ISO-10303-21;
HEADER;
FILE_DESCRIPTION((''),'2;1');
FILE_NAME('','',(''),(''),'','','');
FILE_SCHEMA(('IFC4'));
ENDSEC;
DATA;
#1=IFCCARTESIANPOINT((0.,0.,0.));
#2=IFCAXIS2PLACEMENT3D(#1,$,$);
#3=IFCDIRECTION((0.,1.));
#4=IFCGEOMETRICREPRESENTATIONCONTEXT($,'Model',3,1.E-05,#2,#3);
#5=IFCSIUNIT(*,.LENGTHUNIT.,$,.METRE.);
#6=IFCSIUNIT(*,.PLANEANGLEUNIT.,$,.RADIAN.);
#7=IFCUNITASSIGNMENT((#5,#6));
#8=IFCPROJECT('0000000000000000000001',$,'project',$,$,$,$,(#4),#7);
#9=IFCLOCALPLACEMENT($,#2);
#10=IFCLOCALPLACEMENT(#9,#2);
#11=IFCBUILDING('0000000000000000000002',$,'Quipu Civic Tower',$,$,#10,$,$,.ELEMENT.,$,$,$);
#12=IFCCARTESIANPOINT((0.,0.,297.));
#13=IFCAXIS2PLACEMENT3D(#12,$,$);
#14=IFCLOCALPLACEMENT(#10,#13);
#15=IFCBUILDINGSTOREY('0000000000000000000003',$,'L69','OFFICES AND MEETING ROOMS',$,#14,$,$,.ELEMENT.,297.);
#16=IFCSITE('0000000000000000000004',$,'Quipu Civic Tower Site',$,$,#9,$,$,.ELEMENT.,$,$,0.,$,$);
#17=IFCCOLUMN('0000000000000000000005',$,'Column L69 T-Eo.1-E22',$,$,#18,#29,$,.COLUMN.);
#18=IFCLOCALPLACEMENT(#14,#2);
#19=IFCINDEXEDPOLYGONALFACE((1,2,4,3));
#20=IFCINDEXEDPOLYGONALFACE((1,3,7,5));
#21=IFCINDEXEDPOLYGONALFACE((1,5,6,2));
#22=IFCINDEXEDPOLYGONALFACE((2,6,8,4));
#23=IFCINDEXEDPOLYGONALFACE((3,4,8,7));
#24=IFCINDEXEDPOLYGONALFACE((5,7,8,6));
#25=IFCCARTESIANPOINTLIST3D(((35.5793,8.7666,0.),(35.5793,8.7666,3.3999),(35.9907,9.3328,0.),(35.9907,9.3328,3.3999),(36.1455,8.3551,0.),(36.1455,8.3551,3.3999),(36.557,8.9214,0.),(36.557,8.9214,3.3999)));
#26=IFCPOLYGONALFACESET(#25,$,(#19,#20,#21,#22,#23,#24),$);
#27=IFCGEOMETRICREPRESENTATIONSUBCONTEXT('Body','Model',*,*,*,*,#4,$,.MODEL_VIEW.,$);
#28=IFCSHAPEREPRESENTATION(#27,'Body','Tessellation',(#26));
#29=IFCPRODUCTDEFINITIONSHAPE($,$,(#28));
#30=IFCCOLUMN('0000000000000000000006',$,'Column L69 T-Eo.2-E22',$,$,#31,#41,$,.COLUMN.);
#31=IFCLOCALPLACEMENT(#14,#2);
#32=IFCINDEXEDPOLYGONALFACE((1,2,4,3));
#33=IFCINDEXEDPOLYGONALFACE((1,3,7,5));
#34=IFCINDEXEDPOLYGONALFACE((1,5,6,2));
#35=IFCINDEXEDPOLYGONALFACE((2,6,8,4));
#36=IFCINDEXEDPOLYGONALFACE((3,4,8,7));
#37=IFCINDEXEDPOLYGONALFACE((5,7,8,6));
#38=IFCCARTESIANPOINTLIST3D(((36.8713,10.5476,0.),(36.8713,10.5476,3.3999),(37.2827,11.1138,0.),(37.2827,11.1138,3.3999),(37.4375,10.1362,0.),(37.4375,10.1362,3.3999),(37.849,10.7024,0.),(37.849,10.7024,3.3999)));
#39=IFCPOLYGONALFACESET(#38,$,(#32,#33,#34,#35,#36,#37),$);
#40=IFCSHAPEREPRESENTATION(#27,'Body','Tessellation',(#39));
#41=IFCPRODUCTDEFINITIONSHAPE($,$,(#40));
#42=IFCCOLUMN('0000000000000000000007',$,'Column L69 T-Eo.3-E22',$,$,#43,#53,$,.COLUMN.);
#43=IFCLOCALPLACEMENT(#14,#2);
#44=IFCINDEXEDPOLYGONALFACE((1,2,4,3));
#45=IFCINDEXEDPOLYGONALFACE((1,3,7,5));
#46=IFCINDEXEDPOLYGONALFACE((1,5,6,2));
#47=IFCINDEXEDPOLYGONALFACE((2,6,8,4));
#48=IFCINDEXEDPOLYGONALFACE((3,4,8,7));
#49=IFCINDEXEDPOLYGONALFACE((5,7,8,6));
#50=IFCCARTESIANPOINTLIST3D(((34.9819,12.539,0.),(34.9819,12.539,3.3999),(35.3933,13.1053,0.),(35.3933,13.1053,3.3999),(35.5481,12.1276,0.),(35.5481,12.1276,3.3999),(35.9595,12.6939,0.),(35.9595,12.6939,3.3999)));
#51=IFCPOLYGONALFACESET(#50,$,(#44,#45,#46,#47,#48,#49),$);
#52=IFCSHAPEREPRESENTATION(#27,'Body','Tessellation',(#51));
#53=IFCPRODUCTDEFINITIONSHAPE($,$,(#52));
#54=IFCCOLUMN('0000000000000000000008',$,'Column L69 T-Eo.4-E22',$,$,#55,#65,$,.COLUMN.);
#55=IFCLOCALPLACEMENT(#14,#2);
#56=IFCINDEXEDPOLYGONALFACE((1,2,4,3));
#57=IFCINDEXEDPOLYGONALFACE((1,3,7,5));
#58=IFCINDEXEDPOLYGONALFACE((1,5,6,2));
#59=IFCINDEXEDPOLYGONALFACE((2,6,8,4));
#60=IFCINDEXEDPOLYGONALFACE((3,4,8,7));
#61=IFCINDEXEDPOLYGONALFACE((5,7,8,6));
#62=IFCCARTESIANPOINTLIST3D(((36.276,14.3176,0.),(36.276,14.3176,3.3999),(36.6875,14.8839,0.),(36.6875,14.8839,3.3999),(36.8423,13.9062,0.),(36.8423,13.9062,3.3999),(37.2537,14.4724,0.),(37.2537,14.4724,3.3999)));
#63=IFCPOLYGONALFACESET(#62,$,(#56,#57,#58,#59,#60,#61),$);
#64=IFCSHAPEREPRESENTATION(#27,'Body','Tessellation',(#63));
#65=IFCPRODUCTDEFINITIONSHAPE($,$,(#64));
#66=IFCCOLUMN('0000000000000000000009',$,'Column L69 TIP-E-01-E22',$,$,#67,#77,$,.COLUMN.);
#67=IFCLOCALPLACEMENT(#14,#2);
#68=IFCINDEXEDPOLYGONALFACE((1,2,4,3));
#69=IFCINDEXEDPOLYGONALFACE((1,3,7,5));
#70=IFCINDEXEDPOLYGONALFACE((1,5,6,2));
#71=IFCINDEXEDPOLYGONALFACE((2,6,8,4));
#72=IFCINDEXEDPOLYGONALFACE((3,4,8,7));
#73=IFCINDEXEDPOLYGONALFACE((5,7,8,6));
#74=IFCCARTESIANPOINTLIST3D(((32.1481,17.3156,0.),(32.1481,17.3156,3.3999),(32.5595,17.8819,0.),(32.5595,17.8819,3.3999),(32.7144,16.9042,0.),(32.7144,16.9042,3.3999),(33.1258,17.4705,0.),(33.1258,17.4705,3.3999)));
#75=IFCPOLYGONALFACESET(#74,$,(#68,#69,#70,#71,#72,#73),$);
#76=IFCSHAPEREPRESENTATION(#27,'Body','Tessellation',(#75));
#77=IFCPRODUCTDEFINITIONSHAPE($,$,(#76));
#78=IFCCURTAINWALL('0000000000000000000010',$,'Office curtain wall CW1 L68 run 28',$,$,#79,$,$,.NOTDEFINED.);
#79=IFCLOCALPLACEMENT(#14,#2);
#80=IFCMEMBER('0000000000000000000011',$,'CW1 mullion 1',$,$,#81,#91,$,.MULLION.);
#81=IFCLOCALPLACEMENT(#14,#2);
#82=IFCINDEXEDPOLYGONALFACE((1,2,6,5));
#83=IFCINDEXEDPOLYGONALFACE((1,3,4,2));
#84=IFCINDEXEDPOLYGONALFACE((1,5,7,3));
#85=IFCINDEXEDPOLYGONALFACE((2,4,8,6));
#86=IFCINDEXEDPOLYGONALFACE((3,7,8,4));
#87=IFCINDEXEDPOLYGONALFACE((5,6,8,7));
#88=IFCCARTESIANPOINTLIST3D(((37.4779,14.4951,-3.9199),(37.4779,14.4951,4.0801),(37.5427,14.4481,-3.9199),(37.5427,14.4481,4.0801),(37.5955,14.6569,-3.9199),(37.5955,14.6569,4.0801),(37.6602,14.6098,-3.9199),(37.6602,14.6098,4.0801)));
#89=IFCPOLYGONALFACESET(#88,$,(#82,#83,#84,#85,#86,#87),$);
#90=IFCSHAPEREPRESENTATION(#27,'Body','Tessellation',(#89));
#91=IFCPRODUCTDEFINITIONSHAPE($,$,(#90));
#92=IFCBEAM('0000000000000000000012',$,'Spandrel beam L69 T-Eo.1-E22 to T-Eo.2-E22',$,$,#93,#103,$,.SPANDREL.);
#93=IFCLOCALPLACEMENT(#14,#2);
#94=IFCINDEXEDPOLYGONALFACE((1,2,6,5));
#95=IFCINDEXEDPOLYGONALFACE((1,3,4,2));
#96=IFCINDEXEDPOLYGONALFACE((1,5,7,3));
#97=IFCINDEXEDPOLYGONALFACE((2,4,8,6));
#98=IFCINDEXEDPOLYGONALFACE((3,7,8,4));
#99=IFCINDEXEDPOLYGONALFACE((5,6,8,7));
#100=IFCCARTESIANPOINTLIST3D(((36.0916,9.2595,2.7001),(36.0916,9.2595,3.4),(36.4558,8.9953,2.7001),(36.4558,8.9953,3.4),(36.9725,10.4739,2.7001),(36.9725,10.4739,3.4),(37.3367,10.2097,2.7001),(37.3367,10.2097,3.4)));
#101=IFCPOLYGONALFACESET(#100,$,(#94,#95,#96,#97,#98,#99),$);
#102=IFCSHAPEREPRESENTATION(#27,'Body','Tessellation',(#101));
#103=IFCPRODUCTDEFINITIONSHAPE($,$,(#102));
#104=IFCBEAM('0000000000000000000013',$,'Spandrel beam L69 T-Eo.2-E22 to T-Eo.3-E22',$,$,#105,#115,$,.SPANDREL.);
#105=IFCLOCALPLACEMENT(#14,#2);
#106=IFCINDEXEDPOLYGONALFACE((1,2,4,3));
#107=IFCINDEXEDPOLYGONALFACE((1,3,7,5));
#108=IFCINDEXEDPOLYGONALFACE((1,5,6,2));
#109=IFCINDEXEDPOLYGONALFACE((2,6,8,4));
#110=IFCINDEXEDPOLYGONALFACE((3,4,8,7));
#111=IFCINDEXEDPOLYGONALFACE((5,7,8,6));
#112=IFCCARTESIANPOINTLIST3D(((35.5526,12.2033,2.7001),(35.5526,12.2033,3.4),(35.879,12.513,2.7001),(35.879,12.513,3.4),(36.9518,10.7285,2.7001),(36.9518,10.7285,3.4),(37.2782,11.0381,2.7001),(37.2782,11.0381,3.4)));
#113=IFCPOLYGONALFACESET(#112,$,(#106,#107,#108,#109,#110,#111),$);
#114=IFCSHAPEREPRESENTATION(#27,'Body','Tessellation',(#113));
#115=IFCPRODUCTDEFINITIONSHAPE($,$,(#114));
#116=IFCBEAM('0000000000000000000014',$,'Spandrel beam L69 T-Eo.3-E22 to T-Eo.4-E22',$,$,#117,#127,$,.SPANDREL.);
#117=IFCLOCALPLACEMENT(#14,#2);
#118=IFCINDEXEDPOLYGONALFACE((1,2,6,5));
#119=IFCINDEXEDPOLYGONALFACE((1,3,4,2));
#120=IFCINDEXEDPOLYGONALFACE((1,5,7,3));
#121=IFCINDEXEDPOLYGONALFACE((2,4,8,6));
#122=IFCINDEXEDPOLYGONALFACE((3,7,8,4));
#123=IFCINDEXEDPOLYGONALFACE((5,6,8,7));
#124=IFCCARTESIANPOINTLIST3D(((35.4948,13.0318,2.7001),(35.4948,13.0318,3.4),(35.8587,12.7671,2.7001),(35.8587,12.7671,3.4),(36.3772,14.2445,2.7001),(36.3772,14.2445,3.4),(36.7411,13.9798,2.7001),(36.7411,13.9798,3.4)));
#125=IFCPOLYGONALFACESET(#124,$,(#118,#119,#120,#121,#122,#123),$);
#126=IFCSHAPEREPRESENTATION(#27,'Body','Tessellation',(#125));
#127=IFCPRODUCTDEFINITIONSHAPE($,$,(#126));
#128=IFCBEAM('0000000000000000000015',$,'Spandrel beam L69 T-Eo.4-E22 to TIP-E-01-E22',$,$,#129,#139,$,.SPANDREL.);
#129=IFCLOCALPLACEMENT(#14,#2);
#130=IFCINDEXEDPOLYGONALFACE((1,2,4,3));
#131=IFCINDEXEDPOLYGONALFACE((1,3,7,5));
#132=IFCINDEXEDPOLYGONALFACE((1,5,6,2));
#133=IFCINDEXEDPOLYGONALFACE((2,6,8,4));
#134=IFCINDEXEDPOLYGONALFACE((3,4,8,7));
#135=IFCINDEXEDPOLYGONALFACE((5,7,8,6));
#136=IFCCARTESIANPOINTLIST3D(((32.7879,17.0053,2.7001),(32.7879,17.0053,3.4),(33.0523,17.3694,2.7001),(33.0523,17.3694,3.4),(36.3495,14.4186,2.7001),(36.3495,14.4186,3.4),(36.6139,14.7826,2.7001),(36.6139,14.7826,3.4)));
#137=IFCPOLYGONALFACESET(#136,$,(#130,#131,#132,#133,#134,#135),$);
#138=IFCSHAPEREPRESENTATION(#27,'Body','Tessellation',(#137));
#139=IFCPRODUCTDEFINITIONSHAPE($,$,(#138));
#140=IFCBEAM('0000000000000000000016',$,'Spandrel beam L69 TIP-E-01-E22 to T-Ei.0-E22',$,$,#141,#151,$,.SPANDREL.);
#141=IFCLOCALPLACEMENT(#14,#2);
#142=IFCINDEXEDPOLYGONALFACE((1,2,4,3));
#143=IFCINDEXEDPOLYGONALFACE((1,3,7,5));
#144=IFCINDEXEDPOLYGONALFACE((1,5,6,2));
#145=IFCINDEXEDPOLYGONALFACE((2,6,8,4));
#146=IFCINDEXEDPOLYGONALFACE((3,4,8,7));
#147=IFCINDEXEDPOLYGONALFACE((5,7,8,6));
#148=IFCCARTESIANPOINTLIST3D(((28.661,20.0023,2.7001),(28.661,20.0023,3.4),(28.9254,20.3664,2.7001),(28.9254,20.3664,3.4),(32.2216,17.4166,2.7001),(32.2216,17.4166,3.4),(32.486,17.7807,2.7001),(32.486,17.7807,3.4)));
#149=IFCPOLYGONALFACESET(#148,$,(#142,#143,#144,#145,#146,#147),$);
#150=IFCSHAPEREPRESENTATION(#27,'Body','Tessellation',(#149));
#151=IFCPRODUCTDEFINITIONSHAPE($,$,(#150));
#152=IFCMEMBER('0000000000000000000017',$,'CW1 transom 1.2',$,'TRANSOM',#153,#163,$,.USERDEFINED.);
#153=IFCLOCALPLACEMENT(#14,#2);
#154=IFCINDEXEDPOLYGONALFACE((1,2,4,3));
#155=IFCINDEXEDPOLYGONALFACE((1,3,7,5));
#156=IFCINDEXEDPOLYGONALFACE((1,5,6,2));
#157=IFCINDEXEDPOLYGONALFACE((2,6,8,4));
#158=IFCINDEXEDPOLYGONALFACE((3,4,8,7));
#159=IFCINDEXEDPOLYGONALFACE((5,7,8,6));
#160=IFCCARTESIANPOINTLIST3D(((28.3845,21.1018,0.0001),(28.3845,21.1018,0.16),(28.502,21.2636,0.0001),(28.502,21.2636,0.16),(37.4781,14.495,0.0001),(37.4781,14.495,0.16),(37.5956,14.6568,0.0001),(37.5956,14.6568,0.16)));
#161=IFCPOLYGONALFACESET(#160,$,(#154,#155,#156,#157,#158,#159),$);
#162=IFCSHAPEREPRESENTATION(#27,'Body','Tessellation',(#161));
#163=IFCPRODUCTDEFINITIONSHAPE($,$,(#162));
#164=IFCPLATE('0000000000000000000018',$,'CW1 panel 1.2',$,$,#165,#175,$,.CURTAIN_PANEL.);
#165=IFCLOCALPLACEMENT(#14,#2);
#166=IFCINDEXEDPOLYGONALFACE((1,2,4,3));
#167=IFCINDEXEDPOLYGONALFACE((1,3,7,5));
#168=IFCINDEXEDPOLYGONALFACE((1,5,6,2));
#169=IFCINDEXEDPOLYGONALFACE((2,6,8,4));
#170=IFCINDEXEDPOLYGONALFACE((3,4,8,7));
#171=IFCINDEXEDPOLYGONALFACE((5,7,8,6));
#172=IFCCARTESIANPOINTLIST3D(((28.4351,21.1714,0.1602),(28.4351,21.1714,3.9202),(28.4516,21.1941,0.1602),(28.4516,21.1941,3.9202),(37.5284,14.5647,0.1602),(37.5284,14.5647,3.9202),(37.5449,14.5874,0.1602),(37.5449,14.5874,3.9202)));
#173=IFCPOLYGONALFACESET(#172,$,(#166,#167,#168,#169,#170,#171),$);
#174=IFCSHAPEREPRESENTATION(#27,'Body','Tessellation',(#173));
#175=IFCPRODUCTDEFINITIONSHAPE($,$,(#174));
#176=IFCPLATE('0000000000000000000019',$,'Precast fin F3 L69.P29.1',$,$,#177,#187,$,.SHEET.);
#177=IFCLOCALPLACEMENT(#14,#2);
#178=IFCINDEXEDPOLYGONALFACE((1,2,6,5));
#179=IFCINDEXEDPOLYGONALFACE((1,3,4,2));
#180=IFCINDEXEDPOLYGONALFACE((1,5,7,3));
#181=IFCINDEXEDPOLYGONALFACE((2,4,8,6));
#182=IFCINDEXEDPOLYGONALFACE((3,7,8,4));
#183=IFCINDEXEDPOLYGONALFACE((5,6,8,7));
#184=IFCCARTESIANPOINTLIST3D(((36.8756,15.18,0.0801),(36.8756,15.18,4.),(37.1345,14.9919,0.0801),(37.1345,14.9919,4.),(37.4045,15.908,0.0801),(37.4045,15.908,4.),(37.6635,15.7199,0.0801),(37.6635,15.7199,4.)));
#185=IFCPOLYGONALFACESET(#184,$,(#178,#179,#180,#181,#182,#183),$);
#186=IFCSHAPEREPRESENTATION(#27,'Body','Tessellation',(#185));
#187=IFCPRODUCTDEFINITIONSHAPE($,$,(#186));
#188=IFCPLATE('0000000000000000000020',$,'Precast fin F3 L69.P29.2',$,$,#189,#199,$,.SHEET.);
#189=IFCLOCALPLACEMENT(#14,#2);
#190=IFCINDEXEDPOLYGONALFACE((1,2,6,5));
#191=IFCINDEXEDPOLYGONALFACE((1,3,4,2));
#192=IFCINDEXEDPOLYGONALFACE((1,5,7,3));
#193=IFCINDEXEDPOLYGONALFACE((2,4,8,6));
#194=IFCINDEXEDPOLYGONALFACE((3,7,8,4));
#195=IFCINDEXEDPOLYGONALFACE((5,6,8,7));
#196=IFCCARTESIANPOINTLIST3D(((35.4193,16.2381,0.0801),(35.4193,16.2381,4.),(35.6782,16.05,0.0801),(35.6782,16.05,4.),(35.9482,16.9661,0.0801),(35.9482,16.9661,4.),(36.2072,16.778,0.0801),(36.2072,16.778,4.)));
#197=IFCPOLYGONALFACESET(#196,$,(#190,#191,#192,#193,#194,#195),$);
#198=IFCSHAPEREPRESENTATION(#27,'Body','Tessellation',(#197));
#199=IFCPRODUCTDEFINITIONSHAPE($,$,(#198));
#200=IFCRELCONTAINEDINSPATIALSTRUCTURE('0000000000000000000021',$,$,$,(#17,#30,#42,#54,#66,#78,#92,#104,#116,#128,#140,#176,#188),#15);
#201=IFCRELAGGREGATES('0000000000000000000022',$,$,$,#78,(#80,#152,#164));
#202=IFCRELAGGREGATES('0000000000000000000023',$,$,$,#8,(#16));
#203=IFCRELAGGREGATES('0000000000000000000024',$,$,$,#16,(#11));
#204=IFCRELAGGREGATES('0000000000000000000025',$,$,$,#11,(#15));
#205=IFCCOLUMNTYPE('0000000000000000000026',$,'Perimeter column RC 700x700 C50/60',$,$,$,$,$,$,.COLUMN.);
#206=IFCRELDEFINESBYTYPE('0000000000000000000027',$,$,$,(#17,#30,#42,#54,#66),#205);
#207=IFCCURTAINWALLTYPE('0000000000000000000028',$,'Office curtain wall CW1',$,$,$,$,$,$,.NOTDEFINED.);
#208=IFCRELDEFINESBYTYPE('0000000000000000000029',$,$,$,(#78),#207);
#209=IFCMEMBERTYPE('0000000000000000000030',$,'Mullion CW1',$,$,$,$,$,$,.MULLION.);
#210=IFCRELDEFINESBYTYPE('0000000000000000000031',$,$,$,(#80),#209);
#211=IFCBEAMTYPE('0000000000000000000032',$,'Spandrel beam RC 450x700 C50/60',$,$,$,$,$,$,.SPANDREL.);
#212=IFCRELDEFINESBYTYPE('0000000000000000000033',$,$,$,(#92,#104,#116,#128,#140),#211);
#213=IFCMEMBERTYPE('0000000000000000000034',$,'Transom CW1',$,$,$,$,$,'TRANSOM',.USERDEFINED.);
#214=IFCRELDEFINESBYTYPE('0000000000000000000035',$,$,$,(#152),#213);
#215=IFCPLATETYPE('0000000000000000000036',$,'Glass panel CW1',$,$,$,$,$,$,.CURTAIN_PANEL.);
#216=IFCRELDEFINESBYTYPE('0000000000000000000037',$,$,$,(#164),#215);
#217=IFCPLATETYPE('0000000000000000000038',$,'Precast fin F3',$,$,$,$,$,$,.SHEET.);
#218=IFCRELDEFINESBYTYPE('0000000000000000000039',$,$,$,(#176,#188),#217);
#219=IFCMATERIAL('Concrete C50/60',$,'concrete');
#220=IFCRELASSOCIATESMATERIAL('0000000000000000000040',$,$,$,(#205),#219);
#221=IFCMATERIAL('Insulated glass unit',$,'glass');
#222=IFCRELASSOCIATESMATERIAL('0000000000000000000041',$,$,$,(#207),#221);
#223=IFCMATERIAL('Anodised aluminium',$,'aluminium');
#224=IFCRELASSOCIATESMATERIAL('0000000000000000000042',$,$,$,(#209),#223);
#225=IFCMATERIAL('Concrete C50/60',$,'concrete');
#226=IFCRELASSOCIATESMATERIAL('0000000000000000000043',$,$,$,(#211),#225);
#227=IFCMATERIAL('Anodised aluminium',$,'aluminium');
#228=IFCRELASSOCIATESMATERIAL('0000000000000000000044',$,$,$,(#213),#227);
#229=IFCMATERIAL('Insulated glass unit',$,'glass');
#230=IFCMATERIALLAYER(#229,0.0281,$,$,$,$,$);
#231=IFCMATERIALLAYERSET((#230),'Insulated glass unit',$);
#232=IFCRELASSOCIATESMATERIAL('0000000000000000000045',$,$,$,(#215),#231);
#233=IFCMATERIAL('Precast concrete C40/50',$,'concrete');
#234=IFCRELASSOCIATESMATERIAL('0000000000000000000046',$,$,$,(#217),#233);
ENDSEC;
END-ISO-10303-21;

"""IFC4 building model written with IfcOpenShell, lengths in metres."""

from ifc_helpers import new_model, si_unit, direction, frame, origin, origin_2d, place, context, subcontext, project, spatial, rectangle, extrude, material, layer, layer_set, material_profile, profile_set, type_object, element, aggregate, save


model = new_model("IFC4")

# Units and contexts
model_context = context("Model", 3, precision=1e-05, world=origin(), true_north=direction((0.0, 1.0)))
body_context = subcontext(model_context, "Body", "Model", "MODEL_VIEW")
ifc_project = project(units=[si_unit("LENGTHUNIT", "METRE"), si_unit("PLANEANGLEUNIT", "RADIAN")], contexts=[model_context])

# Site, building, storey
site_placement = place(None, origin())
site = spatial("IfcSite", under=ifc_project, at=site_placement, Name="Quipu Civic Tower Site", CompositionType="ELEMENT", RefElevation=0.0)
building_placement = place(site_placement, origin())
building = spatial("IfcBuilding", under=site, at=building_placement, Name="Quipu Civic Tower", CompositionType="ELEMENT")
storey_placement = place(building_placement, frame((0.0, 0.0, 297.0)))
storey = spatial("IfcBuildingStorey", under=building, at=storey_placement, Name="L69", Description="OFFICES AND MEETING ROOMS", CompositionType="ELEMENT", Elevation=297.0)

# Columns
ifc_material_1 = material(Name="Concrete C50/60", Category="concrete")
ifc_material_profile_1 = material_profile(ifc_material_1, rectangle(XDim=0.7, YDim=0.7, at=origin_2d()), Name="RC700x700")
ifc_profile_set_1 = profile_set([ifc_material_profile_1], Name="Concrete C50/60")
column_type = type_object("IfcColumnType", Name="Perimeter column RC 700x700 C50/60", PredefinedType="COLUMN", material=ifc_profile_set_1)
for number, where, z_axis, x_axis, name in (
    (1, (36.0681, 8.844, 0.0), (0.0, 0.0, 1.0), (0.587785, 0.809017, 0.0), "Column L69 T-Eo.1-E22"),
    (2, (37.3601, 10.625, 0.0), (0.0, 0.0, 1.0), (0.587785, 0.809017, 0.0), "Column L69 T-Eo.2-E22"),
    (3, (35.4707, 12.6165, 0.0), (0.0, 0.0, 1.0), (-0.809017, 0.587785, 0.0), "Column L69 T-Eo.3-E22"),
    (4, (36.7649, 14.395, 0.0), (0.0, 0.0, 1.0), (-0.809017, 0.587785, 0.0), "Column L69 T-Eo.4-E22"),
    (5, (32.637, 17.3931, 0.0), (0.0, 0.0, 1.0), (-0.809017, 0.587785, 0.0), "Column L69 TIP-E-01-E22"),
):
    element("IfcColumn", number, at=place(storey_placement, frame(where, z_axis=z_axis, x_axis=x_axis)), inside=storey, type_object=column_type, Name=name, PredefinedType="COLUMN", context=body_context, shape_type="SweptSolid", body=[
        extrude(rectangle(XDim=0.7, YDim=0.7, at=origin_2d()), origin(), (0.0, 0.0, 1.0), 3.3999),
    ])

# Curtain wall, member
ifc_material_2 = material(Name="Insulated glass unit", Category="glass")
curtain_wall_type = type_object("IfcCurtainWallType", Name="Office curtain wall CW1", PredefinedType="NOTDEFINED", material=ifc_material_2)
curtain_wall_placement = place(storey_placement, origin())
curtain_wall = element("IfcCurtainWall", 6, at=curtain_wall_placement, inside=storey, type_object=curtain_wall_type, Name="Office curtain wall CW1 L68 run 28", PredefinedType="NOTDEFINED")
ifc_material_3 = material(Name="Anodised aluminium", Category="aluminium")
ifc_material_profile_2 = material_profile(ifc_material_3, rectangle(XDim=0.2, YDim=0.0801, at=origin_2d()), Name="RECT 200x80")
ifc_profile_set_2 = profile_set([ifc_material_profile_2], Name="Anodised aluminium")
member_type_1 = type_object("IfcMemberType", Name="Mullion CW1", PredefinedType="MULLION", material=ifc_profile_set_2)
member_1_placement = place(storey_placement, frame((37.5691, 14.5525, -3.9199), z_axis=(0.0, 0.0, 1.0), x_axis=(-0.587788, -0.809015, 0.0)))
member_1 = element("IfcMember", 7, at=member_1_placement, type_object=member_type_1, Name="CW1 mullion 1", PredefinedType="MULLION", context=body_context, shape_type="SweptSolid", body=[
    extrude(rectangle(XDim=0.2, YDim=0.0801, at=origin_2d()), origin(), (0.0, 0.0, 1.0), 8.0),
])

# Beams
ifc_material_4 = material(Name="Concrete C50/60", Category="concrete")
ifc_material_profile_3 = material_profile(ifc_material_4, rectangle(XDim=0.45, YDim=0.7, at=origin_2d()), Name="RC450x700")
ifc_profile_set_3 = profile_set([ifc_material_profile_3], Name="Concrete C50/60")
beam_type = type_object("IfcBeamType", Name="Spandrel beam RC 450x700 C50/60", PredefinedType="SPANDREL", material=ifc_profile_set_3)
beam_1_placement = place(storey_placement, frame((36.2737, 9.1274, 3.05), z_axis=(0.587165, 0.809467, 0.0), x_axis=(-0.809467, 0.587165, 0.0)))
element("IfcBeam", 8, at=beam_1_placement, inside=storey, type_object=beam_type, Name="Spandrel beam L69 T-Eo.1-E22 to T-Eo.2-E22", PredefinedType="SPANDREL", context=body_context, shape_type="SweptSolid", body=[
    extrude(rectangle(XDim=0.45, YDim=0.7, at=origin_2d()), origin(), (0.0, 0.0, 1.0), 1.5002),
])
beam_2_placement = place(storey_placement, frame((37.115, 10.8833, 3.05), z_axis=(-0.688247, 0.725476, 0.0), x_axis=(-0.725476, -0.688247, 0.0)))
element("IfcBeam", 9, at=beam_2_placement, inside=storey, type_object=beam_type, Name="Spandrel beam L69 T-Eo.2-E22 to T-Eo.3-E22", PredefinedType="SPANDREL", context=body_context, shape_type="SweptSolid", body=[
    extrude(rectangle(XDim=0.45, YDim=0.7, at=origin_2d()), origin(), (0.0, 0.0, 1.0), 2.033),
])
beam_3_placement = place(storey_placement, frame((35.6768, 12.8994, 3.05), z_axis=(0.588346, 0.808609, 0.0), x_axis=(-0.808609, 0.588346, 0.0)))
element("IfcBeam", 10, at=beam_3_placement, inside=storey, type_object=beam_type, Name="Spandrel beam L69 T-Eo.3-E22 to T-Eo.4-E22", PredefinedType="SPANDREL", context=body_context, shape_type="SweptSolid", body=[
    extrude(rectangle(XDim=0.45, YDim=0.7, at=origin_2d()), origin(), (0.0, 0.0, 1.0), 1.4998),
])
beam_4_placement = place(storey_placement, frame((36.4817, 14.6006, 3.05), z_axis=(-0.809117, 0.587647, 0.0), x_axis=(-0.587647, -0.809117, 0.0)))
element("IfcBeam", 11, at=beam_4_placement, inside=storey, type_object=beam_type, Name="Spandrel beam L69 T-Eo.4-E22 to TIP-E-01-E22", PredefinedType="SPANDREL", context=body_context, shape_type="SweptSolid", body=[
    extrude(rectangle(XDim=0.45, YDim=0.7, at=origin_2d()), origin(), (0.0, 0.0, 1.0), 4.4019),
])
beam_5_placement = place(storey_placement, frame((32.3538, 17.5986, 3.05), z_axis=(-0.809146, 0.587607, 0.0), x_axis=(-0.587607, -0.809146, 0.0)))
element("IfcBeam", 12, at=beam_5_placement, inside=storey, type_object=beam_type, Name="Spandrel beam L69 TIP-E-01-E22 to T-Ei.0-E22", PredefinedType="SPANDREL", context=body_context, shape_type="SweptSolid", body=[
    extrude(rectangle(XDim=0.45, YDim=0.7, at=origin_2d()), origin(), (0.0, 0.0, 1.0), 4.4004),
])

# Member
ifc_material_5 = material(Name="Anodised aluminium", Category="aluminium")
ifc_material_profile_4 = material_profile(ifc_material_5, rectangle(XDim=0.2, YDim=0.1599, at=origin_2d()), Name="RECT 200x160")
ifc_profile_set_4 = profile_set([ifc_material_profile_4], Name="Anodised aluminium")
member_type_2 = type_object("IfcMemberType", Name="Transom CW1", ElementType="TRANSOM", PredefinedType="USERDEFINED", material=ifc_profile_set_4)
member_2_placement = place(storey_placement, frame((37.5369, 14.5759, 0.0801), z_axis=(-0.809022, 0.587778, 0.0), x_axis=(-0.587778, -0.809022, 0.0)))
member_2 = element("IfcMember", 13, at=member_2_placement, type_object=member_type_2, Name="CW1 transom 1.2", ObjectType="TRANSOM", PredefinedType="USERDEFINED", context=body_context, shape_type="SweptSolid", body=[
    extrude(rectangle(XDim=0.2, YDim=0.1599, at=origin_2d()), origin(), (0.0, 0.0, 1.0), 11.2402),
])

# Plate
ifc_material_6 = material(Name="Insulated glass unit", Category="glass")
ifc_layer = layer(ifc_material_6, 0.0281)
ifc_layer_set = layer_set([ifc_layer], Name="Insulated glass unit")
plate_type_1 = type_object("IfcPlateType", Name="Glass panel CW1", PredefinedType="CURTAIN_PANEL", material=ifc_layer_set)
plate_placement = place(storey_placement, frame((32.99, 17.8794, 0.1602), z_axis=(0.0, 0.0, 1.0), x_axis=(-0.809015, 0.587788, 0.0)))
plate = element("IfcPlate", 14, at=plate_placement, type_object=plate_type_1, Name="CW1 panel 1.2", PredefinedType="CURTAIN_PANEL", context=body_context, shape_type="SweptSolid", body=[
    extrude(rectangle(XDim=11.24, YDim=0.0281, at=origin_2d()), origin(), (0.0, 0.0, 1.0), 3.76),
])
aggregate(curtain_wall, [member_1, member_2, plate])

# Plates
ifc_material_7 = material(Name="Precast concrete C40/50", Category="concrete")
plate_type_2 = type_object("IfcPlateType", Name="Precast fin F3", PredefinedType="SHEET", material=ifc_material_7)
for number, where, z_axis, x_axis, name in (
    (15, (37.2695, 15.45, 0.0801), (0.0, 0.0, 1.0), (-0.809017, 0.587785, 0.0), "Precast fin F3 L69.P29.1"),
    (16, (35.8132, 16.5081, 0.0801), (0.0, 0.0, 1.0), (-0.809017, 0.587785, 0.0), "Precast fin F3 L69.P29.2"),
):
    element("IfcPlate", number, at=place(storey_placement, frame(where, z_axis=z_axis, x_axis=x_axis)), inside=storey, type_object=plate_type_2, Name=name, PredefinedType="SHEET", context=body_context, shape_type="SweptSolid", body=[
        extrude(rectangle(XDim=0.3201, YDim=0.8999, at=origin_2d()), origin(), (0.0, 0.0, 1.0), 3.9199),
    ])

save(model, "model.ifc")
